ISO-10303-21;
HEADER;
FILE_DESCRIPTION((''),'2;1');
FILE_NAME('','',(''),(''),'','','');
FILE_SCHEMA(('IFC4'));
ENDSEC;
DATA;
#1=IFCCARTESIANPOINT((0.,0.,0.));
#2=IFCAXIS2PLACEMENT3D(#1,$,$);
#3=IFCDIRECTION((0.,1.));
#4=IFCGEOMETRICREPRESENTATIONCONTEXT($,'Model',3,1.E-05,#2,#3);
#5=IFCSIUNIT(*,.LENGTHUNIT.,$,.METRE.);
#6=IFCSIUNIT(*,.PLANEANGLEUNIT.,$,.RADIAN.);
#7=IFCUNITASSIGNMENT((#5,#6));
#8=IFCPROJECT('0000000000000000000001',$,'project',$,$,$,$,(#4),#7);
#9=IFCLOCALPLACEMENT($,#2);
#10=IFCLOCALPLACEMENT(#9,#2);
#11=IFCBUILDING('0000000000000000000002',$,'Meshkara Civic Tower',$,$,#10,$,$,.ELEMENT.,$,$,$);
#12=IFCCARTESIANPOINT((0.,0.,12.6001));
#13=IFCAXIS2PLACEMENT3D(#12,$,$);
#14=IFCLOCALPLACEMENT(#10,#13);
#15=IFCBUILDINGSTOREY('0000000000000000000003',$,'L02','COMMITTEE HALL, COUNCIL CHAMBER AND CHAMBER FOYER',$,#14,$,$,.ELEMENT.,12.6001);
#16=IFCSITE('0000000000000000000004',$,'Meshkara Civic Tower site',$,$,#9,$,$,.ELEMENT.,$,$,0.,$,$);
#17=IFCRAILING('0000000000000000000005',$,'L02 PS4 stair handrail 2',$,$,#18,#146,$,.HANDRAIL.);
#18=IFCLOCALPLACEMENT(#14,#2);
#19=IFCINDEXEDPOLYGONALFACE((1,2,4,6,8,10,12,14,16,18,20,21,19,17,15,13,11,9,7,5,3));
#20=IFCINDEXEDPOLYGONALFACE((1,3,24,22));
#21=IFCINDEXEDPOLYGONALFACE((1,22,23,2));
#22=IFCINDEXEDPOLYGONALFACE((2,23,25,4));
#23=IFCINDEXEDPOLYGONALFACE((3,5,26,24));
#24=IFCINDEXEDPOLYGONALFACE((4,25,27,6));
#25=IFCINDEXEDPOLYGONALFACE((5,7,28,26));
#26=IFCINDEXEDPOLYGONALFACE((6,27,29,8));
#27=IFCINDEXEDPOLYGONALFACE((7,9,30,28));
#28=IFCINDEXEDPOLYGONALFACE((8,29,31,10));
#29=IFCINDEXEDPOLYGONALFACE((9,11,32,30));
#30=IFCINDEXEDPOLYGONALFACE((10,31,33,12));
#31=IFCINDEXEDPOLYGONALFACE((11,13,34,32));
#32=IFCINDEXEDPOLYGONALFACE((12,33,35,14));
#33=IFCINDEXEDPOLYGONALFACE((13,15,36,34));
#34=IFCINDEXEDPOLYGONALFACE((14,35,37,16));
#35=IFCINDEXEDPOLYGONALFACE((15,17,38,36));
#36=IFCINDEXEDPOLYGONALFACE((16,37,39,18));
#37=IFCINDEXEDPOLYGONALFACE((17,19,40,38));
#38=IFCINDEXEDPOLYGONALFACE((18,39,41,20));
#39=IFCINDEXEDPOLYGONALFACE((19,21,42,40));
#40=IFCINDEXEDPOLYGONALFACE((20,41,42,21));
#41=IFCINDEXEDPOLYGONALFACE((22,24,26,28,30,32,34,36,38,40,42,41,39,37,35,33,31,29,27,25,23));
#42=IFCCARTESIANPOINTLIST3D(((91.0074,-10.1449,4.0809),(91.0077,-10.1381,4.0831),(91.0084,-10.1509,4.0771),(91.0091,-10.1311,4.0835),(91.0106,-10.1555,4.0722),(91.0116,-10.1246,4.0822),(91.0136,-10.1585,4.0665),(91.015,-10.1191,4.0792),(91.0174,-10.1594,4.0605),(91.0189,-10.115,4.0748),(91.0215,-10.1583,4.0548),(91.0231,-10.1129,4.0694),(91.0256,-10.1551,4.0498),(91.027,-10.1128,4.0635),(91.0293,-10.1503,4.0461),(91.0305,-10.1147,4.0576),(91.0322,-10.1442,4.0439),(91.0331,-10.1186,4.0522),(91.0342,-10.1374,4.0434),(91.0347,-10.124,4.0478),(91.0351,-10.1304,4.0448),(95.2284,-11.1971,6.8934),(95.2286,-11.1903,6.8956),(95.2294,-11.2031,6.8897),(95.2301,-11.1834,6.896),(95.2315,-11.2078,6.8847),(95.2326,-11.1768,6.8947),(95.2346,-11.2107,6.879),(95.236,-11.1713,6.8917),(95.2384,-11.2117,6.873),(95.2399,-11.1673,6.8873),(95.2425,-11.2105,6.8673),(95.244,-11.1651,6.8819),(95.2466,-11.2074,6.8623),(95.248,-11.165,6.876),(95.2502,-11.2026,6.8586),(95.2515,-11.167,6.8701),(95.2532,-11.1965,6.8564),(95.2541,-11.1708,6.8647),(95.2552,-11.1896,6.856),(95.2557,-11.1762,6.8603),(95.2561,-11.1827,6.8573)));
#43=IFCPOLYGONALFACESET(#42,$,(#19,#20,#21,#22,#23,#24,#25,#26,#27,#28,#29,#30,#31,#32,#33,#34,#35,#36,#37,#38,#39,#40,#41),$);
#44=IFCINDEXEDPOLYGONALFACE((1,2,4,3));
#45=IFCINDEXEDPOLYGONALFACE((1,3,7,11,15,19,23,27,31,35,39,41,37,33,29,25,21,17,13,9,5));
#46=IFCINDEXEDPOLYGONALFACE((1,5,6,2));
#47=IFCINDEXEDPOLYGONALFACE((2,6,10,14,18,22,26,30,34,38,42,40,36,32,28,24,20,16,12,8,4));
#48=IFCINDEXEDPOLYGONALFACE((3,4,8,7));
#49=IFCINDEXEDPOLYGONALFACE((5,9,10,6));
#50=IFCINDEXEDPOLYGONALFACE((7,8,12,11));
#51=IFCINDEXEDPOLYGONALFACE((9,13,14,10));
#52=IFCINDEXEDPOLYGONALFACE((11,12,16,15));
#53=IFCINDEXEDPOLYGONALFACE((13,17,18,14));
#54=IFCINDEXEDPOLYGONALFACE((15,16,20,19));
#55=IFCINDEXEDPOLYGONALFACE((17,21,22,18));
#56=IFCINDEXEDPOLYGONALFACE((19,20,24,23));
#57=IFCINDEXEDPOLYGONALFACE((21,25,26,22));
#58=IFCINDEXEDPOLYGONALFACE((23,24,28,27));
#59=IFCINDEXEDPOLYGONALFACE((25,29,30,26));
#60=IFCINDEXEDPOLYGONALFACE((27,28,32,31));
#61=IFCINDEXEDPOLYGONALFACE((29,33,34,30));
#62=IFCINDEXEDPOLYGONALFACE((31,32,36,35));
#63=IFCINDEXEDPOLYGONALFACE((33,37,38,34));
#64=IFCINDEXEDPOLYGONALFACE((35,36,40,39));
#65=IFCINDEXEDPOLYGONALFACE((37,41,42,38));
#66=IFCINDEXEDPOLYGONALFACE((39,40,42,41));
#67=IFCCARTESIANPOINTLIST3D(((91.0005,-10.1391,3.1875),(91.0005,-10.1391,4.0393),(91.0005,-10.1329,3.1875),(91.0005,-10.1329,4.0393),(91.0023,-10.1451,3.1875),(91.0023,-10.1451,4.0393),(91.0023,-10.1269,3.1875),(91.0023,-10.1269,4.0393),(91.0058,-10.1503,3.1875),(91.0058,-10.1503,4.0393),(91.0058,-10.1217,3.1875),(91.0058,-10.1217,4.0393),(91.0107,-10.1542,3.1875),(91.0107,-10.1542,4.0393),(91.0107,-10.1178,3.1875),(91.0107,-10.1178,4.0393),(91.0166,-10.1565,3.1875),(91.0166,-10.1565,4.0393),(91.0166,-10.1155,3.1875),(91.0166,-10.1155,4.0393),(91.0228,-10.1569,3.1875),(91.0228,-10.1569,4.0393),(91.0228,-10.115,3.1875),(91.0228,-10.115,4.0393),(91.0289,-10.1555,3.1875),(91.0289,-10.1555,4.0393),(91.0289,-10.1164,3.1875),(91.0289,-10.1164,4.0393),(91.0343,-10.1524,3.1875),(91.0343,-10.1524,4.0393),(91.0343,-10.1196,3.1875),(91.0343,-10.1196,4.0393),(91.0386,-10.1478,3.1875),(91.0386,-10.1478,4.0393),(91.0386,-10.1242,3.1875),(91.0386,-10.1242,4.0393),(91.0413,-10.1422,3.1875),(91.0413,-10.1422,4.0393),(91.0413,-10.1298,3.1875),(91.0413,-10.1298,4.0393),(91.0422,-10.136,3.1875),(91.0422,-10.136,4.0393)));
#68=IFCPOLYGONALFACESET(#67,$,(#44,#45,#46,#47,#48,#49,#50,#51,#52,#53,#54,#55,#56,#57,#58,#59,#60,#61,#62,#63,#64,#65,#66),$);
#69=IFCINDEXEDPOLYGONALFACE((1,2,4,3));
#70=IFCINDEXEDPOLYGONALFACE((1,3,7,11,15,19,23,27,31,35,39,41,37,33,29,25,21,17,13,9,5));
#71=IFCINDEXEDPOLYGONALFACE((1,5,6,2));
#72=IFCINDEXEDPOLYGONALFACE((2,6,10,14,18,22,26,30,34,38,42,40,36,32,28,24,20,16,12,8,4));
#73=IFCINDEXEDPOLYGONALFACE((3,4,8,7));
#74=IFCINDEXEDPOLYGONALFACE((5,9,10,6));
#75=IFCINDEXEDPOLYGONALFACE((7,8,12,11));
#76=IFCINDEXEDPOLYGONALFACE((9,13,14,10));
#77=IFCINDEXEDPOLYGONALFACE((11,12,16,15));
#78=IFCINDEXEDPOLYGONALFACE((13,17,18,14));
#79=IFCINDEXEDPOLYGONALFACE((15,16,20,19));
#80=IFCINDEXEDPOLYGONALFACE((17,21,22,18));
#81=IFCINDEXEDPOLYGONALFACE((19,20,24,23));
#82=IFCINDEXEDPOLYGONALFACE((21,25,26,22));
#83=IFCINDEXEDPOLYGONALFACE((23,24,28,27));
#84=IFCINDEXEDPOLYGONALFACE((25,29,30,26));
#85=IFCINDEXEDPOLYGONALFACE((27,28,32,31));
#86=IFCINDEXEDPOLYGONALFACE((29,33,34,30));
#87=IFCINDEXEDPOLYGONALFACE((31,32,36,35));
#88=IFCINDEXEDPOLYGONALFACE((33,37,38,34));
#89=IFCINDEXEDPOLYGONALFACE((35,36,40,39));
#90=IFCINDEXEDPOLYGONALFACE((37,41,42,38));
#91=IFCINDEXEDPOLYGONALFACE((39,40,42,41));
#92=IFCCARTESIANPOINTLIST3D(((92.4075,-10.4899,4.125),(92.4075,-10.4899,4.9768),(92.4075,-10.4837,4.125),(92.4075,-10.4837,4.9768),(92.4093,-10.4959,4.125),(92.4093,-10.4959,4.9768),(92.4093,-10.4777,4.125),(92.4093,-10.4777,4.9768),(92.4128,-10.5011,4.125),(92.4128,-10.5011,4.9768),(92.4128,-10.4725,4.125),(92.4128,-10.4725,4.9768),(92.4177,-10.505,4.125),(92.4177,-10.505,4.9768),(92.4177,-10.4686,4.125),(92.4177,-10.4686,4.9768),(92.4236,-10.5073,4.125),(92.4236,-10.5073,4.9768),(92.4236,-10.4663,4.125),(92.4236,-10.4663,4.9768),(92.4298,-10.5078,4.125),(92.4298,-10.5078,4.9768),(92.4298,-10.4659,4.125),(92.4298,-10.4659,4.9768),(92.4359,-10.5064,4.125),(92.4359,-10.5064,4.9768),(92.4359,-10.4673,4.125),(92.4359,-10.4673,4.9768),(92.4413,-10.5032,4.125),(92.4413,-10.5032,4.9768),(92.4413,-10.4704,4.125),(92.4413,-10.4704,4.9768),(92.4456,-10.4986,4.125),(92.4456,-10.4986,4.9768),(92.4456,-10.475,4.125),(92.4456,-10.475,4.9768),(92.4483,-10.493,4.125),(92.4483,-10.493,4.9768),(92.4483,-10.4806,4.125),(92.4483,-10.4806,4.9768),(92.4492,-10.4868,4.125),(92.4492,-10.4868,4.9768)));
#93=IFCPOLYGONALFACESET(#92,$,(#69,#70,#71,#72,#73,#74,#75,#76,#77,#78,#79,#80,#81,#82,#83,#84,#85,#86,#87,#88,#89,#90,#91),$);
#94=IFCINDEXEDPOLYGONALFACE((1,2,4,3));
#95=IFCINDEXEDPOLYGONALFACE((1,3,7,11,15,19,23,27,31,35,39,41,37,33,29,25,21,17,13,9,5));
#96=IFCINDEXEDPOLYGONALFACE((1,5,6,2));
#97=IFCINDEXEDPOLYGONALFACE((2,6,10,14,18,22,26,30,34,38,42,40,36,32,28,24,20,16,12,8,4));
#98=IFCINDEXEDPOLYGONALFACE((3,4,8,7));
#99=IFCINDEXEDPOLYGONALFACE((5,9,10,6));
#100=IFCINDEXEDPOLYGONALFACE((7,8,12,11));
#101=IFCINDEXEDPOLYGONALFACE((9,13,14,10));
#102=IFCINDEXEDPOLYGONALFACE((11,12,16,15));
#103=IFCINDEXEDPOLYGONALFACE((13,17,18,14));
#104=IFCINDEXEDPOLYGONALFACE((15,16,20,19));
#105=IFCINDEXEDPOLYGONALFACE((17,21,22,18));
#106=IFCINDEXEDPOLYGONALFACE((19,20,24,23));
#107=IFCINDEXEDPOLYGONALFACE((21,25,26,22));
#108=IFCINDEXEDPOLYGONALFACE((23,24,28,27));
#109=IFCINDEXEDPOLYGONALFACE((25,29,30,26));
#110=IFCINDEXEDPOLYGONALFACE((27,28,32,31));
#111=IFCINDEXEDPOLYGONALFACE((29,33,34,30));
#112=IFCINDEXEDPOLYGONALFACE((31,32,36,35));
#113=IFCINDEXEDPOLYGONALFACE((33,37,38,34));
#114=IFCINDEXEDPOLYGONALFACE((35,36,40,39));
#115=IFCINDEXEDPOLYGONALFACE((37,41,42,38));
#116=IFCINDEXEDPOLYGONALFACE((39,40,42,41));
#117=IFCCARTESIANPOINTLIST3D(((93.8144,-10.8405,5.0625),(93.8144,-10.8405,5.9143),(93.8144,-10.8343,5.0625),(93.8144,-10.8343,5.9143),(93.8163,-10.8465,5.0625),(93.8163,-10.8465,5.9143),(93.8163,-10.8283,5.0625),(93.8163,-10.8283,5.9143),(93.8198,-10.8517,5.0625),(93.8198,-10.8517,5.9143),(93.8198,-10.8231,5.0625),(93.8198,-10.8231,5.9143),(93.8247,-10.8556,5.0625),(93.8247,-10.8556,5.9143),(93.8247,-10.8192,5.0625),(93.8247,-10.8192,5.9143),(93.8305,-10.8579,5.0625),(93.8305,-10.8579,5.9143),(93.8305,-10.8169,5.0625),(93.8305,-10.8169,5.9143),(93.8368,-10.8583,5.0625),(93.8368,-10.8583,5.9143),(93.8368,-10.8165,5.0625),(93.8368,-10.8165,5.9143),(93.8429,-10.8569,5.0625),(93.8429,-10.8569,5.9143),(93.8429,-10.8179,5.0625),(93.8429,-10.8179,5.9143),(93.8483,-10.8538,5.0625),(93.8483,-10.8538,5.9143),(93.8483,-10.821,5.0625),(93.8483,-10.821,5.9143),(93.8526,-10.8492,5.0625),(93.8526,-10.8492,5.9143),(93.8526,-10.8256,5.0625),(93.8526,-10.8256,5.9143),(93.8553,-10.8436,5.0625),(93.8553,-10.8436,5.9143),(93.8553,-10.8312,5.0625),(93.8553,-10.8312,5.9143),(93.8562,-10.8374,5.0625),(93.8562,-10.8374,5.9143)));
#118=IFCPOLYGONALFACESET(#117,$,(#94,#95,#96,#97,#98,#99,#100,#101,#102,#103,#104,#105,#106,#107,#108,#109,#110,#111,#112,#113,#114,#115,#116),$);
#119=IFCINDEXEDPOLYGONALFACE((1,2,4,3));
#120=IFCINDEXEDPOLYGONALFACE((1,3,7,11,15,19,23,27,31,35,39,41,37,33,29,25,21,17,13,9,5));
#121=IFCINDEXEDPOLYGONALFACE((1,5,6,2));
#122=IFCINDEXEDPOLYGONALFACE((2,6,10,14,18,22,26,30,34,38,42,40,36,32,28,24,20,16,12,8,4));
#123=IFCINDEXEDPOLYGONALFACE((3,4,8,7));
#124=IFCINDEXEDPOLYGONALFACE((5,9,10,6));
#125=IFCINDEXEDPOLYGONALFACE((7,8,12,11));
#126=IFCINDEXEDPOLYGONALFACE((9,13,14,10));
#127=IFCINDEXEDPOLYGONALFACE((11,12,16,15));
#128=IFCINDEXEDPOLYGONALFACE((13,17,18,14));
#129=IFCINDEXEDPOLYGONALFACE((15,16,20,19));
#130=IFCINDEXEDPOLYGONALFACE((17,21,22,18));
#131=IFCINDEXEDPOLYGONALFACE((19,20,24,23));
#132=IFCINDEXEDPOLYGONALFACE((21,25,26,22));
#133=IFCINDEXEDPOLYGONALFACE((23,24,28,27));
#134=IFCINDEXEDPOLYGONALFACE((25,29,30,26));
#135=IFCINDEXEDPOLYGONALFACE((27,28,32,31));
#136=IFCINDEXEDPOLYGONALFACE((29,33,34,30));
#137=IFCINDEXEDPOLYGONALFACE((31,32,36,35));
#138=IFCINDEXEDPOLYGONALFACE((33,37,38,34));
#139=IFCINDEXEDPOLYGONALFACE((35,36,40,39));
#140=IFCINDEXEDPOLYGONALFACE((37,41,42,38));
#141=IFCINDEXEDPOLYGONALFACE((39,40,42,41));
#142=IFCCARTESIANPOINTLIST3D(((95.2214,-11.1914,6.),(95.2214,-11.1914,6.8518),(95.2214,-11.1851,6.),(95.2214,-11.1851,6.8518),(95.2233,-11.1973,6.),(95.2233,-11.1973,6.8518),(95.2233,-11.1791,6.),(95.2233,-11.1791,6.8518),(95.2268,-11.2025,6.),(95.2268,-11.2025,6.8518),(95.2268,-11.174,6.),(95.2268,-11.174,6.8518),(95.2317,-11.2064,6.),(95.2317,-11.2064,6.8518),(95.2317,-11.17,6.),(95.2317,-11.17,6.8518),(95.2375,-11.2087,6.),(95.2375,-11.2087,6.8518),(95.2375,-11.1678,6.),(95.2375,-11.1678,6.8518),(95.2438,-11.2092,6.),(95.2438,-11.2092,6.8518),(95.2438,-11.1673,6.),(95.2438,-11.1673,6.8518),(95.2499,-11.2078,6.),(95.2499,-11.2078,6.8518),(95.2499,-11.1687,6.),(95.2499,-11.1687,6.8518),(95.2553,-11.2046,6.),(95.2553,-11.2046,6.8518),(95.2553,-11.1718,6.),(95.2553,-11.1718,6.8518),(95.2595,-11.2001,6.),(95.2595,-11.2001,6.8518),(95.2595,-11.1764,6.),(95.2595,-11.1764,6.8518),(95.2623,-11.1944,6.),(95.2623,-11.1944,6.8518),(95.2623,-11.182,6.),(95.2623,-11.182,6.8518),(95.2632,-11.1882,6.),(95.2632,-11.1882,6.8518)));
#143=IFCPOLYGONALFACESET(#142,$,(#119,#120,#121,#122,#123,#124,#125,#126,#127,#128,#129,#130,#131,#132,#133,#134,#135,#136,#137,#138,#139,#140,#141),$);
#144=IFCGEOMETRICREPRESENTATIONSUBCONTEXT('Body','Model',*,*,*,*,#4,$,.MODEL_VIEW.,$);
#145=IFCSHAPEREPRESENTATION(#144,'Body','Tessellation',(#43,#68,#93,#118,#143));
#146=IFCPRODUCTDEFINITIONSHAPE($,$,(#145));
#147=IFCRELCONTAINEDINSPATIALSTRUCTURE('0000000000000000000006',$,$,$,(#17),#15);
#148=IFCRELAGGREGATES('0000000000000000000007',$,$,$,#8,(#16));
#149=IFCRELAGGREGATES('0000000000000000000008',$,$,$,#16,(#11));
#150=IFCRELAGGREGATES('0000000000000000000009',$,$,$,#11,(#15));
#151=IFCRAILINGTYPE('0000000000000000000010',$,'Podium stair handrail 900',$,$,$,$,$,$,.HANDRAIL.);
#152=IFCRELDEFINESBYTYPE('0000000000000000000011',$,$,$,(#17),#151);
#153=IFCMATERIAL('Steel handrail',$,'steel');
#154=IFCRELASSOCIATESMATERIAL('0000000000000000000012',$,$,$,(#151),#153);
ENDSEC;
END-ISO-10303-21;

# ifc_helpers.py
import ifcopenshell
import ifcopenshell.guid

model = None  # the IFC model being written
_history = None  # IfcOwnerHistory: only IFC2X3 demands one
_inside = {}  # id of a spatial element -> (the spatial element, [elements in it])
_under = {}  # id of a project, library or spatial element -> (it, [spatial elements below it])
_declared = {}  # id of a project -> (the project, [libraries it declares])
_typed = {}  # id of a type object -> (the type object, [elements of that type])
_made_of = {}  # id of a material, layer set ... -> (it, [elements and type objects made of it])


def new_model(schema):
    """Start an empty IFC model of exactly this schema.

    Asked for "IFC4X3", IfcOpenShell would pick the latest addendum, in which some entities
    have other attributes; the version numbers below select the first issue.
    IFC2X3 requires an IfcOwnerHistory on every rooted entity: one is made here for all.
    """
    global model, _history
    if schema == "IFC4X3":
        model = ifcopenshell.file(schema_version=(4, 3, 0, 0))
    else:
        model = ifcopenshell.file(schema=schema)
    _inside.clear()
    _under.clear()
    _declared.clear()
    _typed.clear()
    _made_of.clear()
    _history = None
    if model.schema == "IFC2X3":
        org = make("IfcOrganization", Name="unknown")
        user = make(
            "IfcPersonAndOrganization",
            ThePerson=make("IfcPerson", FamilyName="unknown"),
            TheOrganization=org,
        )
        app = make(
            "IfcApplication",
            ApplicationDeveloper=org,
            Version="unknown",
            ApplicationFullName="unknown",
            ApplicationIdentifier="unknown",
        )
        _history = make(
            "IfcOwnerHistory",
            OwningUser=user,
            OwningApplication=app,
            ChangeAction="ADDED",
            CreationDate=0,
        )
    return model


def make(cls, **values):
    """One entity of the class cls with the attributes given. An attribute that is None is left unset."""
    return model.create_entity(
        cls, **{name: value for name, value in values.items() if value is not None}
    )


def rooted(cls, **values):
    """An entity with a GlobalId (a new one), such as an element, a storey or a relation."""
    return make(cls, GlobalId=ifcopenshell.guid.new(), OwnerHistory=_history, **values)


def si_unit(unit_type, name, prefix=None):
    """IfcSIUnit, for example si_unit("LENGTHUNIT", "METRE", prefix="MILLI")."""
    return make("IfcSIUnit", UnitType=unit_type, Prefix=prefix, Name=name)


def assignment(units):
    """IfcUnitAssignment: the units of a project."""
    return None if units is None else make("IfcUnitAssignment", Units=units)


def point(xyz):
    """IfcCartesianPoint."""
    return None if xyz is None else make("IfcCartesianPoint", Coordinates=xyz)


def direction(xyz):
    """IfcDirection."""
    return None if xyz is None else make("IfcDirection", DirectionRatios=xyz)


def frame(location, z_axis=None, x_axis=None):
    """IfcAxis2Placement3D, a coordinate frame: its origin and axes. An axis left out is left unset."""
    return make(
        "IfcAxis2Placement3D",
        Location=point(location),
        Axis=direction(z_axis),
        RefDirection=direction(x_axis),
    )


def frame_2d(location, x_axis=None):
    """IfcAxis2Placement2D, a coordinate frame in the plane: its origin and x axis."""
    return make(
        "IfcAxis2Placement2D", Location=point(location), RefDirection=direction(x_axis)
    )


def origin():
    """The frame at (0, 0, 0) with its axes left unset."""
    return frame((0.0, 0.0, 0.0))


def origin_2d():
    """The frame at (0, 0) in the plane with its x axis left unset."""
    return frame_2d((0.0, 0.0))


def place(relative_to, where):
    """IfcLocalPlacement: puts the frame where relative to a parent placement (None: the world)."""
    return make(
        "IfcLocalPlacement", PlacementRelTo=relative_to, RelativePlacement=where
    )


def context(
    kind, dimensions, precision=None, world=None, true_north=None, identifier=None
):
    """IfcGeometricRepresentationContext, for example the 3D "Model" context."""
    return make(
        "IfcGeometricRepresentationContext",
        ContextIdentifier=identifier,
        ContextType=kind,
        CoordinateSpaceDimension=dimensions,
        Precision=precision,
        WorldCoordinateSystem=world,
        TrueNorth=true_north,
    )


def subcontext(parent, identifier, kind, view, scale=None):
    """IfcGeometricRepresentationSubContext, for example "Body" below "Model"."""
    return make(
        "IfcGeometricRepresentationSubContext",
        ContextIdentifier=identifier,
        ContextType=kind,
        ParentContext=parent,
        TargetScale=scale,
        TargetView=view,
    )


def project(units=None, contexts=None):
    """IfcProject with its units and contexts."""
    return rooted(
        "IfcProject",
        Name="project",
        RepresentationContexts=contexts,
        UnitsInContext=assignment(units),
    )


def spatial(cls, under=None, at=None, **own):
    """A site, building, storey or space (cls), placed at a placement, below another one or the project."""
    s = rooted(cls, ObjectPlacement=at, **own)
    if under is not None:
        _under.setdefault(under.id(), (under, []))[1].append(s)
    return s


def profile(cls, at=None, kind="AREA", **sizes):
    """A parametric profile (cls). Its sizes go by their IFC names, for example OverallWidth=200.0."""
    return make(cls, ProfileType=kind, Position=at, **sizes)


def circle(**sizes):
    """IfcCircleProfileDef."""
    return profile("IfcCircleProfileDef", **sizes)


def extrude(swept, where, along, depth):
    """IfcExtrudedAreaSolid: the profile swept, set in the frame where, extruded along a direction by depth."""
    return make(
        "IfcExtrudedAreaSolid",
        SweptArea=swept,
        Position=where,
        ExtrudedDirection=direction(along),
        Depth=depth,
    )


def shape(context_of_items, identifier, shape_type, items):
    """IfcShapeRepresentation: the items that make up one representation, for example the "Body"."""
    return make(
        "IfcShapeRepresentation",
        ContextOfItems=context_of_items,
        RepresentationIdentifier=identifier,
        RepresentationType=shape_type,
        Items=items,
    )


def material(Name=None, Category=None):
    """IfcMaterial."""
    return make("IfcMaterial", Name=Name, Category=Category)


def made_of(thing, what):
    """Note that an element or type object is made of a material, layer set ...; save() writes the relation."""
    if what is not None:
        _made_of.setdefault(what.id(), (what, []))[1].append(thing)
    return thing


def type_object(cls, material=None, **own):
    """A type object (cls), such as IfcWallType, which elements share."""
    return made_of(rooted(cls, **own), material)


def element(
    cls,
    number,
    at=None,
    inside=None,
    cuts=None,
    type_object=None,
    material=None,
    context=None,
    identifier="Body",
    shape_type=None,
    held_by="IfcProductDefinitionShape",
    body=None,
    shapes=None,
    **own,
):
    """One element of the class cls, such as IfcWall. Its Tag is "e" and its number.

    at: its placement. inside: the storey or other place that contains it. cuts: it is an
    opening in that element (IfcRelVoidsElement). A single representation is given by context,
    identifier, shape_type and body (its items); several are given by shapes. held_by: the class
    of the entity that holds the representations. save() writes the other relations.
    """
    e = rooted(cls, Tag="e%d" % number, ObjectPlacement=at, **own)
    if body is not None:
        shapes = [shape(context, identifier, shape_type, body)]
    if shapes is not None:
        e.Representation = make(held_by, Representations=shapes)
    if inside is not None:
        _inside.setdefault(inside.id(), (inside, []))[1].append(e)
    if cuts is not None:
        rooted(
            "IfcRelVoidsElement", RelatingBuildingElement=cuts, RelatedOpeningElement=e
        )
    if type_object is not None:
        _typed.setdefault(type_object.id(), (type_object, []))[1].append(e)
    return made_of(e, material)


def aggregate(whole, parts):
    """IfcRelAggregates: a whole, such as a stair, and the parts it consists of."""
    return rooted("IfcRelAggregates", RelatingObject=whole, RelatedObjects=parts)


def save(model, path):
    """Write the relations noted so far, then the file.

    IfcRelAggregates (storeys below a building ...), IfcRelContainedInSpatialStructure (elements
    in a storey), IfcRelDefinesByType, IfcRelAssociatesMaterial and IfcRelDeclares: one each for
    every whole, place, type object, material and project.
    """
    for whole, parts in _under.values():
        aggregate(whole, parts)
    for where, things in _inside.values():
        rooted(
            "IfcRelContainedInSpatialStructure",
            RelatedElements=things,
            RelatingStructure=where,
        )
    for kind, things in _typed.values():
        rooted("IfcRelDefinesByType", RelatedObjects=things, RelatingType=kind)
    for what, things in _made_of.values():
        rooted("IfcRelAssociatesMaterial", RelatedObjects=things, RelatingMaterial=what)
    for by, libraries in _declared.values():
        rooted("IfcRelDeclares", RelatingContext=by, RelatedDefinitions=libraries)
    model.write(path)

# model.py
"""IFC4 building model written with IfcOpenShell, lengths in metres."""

from ifc_helpers import new_model, si_unit, direction, frame, origin, origin_2d, place, context, subcontext, project, spatial, circle, extrude, material, type_object, element, save


model = new_model("IFC4")

# Units and contexts
model_context = context("Model", 3, precision=1e-05, world=origin(), true_north=direction((0.0, 1.0)))
body_context = subcontext(model_context, "Body", "Model", "MODEL_VIEW")
ifc_project = project(units=[si_unit("LENGTHUNIT", "METRE"), si_unit("PLANEANGLEUNIT", "RADIAN")], contexts=[model_context])

# Site, building, storey
site_placement = place(None, origin())
site = spatial("IfcSite", under=ifc_project, at=site_placement, Name="Meshkara Civic Tower site", CompositionType="ELEMENT", RefElevation=0.0)
building_placement = place(site_placement, origin())
building = spatial("IfcBuilding", under=site, at=building_placement, Name="Meshkara Civic Tower", CompositionType="ELEMENT")
storey_placement = place(building_placement, frame((0.0, 0.0, 12.6001)))
storey = spatial("IfcBuildingStorey", under=building, at=storey_placement, Name="L02", Description="COMMITTEE HALL, COUNCIL CHAMBER AND CHAMBER FOYER", CompositionType="ELEMENT", Elevation=12.6001)

# Railing
ifc_material_1 = material(Name="Steel handrail", Category="steel")
railing_type_1 = type_object("IfcRailingType", Name="Podium stair handrail 900", PredefinedType="HANDRAIL", material=ifc_material_1)
railing_1_placement = place(storey_placement, frame((91.0212, -10.136, 3.1875)))
element("IfcRailing", 1, at=railing_1_placement, inside=storey, type_object=railing_type_1, Name="L02 PS4 stair handrail 2", PredefinedType="HANDRAIL", context=body_context, shape_type="SweptSolid", body=[
    extrude(circle(Radius=0.0239, at=origin_2d()), frame((0.0, 0.0, 0.876), z_axis=(0.814834, -0.203131, 0.54294), x_axis=(0.241889, 0.970304, 0.0)), (0.0, 0.0, 1.0), 5.1802),
    extrude(circle(Radius=0.021, at=origin_2d()), origin(), (0.0, 0.0, 1.0), 0.8518),
    extrude(circle(Radius=0.021, at=origin_2d()), frame((1.407, -0.3508, 0.9375)), (0.0, 0.0, 1.0), 0.8518),
    extrude(circle(Radius=0.021, at=origin_2d()), frame((2.814, -0.7014, 1.875)), (0.0, 0.0, 1.0), 0.8518),
    extrude(circle(Radius=0.021, at=origin_2d()), frame((4.2209, -1.0522, 2.8125)), (0.0, 0.0, 1.0), 0.8518),
])

save(model, "model.ifc")
